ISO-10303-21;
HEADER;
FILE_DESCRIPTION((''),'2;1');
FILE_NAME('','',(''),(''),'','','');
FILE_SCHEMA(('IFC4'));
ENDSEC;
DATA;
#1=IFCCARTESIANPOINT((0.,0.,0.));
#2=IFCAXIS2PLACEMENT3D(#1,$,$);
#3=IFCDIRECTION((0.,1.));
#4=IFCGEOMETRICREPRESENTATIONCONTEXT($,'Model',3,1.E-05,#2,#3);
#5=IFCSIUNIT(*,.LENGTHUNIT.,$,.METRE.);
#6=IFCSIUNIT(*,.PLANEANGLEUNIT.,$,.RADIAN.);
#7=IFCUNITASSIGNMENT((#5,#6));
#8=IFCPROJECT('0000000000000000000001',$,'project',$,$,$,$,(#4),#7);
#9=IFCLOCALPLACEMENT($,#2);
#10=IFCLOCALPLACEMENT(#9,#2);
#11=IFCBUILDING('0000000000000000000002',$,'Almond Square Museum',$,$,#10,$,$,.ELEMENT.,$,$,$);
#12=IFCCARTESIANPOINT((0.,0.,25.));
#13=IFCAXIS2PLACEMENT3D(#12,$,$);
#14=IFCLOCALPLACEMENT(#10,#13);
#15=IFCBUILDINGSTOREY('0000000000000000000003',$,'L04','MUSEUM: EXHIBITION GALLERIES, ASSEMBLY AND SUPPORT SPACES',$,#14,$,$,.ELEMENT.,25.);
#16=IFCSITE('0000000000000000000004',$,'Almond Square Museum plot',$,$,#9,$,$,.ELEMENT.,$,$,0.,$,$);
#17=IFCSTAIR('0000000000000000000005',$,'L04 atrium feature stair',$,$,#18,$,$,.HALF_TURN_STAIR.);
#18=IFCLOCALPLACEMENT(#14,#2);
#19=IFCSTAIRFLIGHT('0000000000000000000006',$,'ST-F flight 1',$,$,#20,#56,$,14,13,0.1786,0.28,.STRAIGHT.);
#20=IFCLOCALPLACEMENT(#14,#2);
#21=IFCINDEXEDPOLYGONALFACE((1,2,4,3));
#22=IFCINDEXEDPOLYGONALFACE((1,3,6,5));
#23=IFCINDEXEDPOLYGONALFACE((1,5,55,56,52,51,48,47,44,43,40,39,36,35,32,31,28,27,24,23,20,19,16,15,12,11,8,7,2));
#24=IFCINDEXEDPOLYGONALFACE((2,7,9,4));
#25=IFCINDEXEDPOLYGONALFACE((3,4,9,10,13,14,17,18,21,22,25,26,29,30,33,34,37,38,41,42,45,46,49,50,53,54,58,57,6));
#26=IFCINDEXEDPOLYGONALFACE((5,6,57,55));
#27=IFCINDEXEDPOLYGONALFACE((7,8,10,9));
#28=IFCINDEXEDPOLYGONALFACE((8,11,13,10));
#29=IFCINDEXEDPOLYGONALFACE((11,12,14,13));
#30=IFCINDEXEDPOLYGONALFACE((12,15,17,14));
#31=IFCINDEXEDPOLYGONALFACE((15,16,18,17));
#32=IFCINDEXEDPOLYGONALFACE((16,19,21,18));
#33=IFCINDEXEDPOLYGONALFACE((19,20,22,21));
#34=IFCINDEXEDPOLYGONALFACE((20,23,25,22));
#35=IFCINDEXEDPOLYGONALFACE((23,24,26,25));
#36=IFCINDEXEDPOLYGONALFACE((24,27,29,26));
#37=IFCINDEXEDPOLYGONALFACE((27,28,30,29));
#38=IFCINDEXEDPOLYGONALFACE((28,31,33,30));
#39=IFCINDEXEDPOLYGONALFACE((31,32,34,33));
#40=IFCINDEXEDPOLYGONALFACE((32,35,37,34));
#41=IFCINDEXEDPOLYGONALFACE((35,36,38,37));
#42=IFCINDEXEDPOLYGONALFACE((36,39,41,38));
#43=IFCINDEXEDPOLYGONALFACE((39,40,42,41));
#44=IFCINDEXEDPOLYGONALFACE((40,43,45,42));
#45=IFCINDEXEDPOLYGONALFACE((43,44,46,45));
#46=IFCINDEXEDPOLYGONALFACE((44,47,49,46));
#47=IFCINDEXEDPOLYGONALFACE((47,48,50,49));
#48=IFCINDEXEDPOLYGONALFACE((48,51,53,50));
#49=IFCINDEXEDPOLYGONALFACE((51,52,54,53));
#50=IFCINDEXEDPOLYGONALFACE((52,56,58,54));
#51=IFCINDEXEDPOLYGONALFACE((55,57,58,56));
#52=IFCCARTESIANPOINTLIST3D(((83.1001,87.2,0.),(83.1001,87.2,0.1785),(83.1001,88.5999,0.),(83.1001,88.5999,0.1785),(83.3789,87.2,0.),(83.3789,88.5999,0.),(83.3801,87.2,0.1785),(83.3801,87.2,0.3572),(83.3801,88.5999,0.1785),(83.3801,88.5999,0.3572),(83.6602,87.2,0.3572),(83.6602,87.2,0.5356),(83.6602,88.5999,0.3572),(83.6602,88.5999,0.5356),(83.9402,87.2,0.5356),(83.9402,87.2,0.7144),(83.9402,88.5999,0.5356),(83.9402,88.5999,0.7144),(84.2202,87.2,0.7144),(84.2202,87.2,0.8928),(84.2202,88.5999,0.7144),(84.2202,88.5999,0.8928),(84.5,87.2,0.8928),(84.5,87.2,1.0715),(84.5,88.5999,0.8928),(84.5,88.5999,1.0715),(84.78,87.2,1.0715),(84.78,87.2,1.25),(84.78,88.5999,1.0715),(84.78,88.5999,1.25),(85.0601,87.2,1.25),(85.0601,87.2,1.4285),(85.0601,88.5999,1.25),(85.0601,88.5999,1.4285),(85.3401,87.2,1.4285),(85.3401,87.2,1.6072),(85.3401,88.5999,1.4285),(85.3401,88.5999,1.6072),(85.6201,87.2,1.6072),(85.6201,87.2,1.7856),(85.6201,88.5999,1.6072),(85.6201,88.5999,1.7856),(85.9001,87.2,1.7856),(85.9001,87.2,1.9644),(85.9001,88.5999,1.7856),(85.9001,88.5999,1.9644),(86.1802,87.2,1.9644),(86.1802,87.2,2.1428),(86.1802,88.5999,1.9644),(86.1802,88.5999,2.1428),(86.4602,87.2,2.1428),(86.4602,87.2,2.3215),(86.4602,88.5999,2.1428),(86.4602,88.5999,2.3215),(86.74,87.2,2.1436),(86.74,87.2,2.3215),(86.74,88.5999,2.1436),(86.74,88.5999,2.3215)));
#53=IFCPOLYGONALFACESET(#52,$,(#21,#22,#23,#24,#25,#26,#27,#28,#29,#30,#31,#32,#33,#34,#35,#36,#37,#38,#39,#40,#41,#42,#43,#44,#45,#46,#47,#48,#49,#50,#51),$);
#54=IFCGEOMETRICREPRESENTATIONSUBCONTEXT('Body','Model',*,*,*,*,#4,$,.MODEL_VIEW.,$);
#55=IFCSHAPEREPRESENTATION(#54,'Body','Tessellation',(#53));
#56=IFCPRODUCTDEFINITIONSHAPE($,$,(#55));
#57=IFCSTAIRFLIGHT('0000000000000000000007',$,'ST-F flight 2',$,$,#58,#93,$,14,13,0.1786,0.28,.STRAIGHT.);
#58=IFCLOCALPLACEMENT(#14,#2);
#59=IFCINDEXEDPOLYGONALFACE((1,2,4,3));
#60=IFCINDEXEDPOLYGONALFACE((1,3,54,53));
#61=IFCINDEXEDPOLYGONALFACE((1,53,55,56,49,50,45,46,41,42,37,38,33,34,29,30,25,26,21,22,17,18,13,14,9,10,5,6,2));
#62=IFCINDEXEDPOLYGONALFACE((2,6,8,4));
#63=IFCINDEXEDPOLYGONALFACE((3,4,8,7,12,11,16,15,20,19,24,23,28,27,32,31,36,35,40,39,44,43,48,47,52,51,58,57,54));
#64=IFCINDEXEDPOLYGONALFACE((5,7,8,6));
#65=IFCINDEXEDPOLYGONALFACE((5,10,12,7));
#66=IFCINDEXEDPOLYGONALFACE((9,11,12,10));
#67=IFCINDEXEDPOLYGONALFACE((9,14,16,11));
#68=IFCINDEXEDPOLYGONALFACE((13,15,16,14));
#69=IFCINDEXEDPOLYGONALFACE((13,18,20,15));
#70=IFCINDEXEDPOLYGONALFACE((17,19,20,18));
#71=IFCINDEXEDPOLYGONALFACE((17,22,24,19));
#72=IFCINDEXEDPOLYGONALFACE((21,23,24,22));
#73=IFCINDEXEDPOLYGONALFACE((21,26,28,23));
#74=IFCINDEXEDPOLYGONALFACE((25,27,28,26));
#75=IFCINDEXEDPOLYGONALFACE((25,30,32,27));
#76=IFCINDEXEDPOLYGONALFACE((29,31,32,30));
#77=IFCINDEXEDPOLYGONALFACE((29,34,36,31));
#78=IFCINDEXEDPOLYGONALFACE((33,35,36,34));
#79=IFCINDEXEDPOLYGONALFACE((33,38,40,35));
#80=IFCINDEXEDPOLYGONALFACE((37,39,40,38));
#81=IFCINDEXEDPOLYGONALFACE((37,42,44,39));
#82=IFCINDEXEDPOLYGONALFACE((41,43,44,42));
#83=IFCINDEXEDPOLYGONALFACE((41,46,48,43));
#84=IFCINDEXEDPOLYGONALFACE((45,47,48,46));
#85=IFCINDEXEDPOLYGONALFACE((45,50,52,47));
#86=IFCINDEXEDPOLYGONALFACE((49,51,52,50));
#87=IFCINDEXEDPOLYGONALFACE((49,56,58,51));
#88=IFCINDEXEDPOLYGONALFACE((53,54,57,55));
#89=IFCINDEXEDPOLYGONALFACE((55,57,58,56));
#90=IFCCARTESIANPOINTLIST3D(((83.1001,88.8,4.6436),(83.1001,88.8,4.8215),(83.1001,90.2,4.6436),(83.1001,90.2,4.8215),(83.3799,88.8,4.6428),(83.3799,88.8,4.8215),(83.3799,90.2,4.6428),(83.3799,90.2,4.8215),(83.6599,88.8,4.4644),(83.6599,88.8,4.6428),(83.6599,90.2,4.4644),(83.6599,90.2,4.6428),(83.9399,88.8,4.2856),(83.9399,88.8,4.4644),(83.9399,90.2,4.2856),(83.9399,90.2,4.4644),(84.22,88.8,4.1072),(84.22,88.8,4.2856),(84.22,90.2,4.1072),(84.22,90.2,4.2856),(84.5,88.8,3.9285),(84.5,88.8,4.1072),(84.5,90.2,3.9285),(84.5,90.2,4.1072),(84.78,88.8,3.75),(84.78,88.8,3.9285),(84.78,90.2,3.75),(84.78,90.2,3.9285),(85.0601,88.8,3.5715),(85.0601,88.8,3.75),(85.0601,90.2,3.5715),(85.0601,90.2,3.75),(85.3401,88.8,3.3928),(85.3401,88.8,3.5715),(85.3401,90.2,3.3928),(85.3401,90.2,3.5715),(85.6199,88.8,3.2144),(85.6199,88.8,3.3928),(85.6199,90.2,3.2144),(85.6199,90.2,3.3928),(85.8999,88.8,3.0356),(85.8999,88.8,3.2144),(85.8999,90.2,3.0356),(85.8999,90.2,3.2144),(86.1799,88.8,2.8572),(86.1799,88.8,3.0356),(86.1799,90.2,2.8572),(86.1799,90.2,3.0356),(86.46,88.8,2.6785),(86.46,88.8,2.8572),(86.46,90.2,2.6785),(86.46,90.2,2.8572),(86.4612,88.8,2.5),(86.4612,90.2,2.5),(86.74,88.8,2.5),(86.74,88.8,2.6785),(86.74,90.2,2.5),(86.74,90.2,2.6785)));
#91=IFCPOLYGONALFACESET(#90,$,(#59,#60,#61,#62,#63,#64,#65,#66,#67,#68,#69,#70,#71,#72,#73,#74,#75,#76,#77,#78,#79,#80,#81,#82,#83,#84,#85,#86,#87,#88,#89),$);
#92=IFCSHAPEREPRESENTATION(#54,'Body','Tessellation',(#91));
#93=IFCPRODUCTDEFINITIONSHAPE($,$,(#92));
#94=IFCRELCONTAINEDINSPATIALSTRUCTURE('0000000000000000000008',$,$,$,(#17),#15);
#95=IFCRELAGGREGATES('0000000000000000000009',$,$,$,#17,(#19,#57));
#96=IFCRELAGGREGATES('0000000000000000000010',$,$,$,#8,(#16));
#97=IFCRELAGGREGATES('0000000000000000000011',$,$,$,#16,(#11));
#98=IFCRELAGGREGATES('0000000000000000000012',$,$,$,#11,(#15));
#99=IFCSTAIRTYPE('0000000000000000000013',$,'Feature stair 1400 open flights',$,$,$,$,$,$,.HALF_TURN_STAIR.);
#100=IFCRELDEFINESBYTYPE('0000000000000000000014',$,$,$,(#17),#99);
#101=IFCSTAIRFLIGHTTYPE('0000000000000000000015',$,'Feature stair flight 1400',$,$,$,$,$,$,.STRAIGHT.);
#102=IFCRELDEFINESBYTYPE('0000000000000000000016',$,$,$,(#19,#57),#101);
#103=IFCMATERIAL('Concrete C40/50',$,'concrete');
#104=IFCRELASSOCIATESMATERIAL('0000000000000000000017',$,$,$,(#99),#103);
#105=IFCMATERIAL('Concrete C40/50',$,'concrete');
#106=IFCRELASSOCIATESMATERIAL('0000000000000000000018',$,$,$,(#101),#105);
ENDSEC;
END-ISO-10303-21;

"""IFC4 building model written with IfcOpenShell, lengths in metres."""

from ifc_helpers import new_model, si_unit, direction, frame, origin, place, context, subcontext, project, spatial, polyline, outline, extrude, material, type_object, element, aggregate, save


model = new_model("IFC4")

# Units and contexts
model_context = context("Model", 3, precision=1e-05, world=origin(), true_north=direction((0.0, 1.0)))
body_context = subcontext(model_context, "Body", "Model", "MODEL_VIEW")
ifc_project = project(units=[si_unit("LENGTHUNIT", "METRE"), si_unit("PLANEANGLEUNIT", "RADIAN")], contexts=[model_context])

# Site, building, storey
site_placement = place(None, origin())
site = spatial("IfcSite", under=ifc_project, at=site_placement, Name="Almond Square Museum plot", CompositionType="ELEMENT", RefElevation=0.0)
building_placement = place(site_placement, origin())
building = spatial("IfcBuilding", under=site, at=building_placement, Name="Almond Square Museum", CompositionType="ELEMENT")
storey_placement = place(building_placement, frame((0.0, 0.0, 25.0)))
storey = spatial("IfcBuildingStorey", under=building, at=storey_placement, Name="L04", Description="MUSEUM: EXHIBITION GALLERIES, ASSEMBLY AND SUPPORT SPACES", CompositionType="ELEMENT", Elevation=25.0)

# Stair, stair flights
ifc_material_1 = material(Name="Concrete C40/50", Category="concrete")
stair_type = type_object("IfcStairType", Name="Feature stair 1400 open flights", PredefinedType="HALF_TURN_STAIR", material=ifc_material_1)
stair_placement = place(storey_placement, origin())
stair = element("IfcStair", 1, at=stair_placement, inside=storey, type_object=stair_type, Name="L04 atrium feature stair", PredefinedType="HALF_TURN_STAIR")
ifc_material_2 = material(Name="Concrete C40/50", Category="concrete")
stair_flight_type = type_object("IfcStairFlightType", Name="Feature stair flight 1400", PredefinedType="STRAIGHT", material=ifc_material_2)
stair_flight_1_placement = place(storey_placement, frame((83.1001, 87.8999, 0.0), z_axis=(0.0, 0.0, 1.0), x_axis=(1.0, 0.0, 0.0)))
stair_flight_1 = element("IfcStairFlight", 2, at=stair_flight_1_placement, type_object=stair_flight_type, Name="ST-F flight 1", NumberOfRisers=14, NumberOfTreads=13, PredefinedType="STRAIGHT", RiserHeight=0.1786, TreadLength=0.28, context=body_context, shape_type="SweptSolid", body=[
    extrude(outline(polyline([(0.0, 0.0), (0.0, 0.1785), (0.28, 0.1785), (0.28, 0.3572), (0.5601, 0.3572), (0.5601, 0.5356), (0.8401, 0.5356), (0.8401, 0.7144), (1.1201, 0.7144), (1.1201, 0.8928), (1.3999, 0.8928), (1.3999, 1.0715), (1.6799, 1.0715), (1.6799, 1.25), (1.96, 1.25), (1.96, 1.4285), (2.24, 1.4285), (2.24, 1.6072), (2.52, 1.6072), (2.52, 1.7856), (2.8, 1.7856), (2.8, 1.9644), (3.0801, 1.9644), (3.0801, 2.1428), (3.3601, 2.1428), (3.3601, 2.3215), (3.6399, 2.3215), (3.6399, 2.5), (3.6399, 2.1436), (0.2788, 0.0), (0.0, 0.0)])), frame((0.0, 0.7, 0.0), z_axis=(0.0, -1.0, 0.0), x_axis=(1.0, 0.0, 0.0)), (0.0, 0.0, 1.0), 1.3999),
])
stair_flight_2_placement = place(storey_placement, frame((86.74, 89.5, 2.5), z_axis=(0.0, 0.0, 1.0), x_axis=(-1.0, 0.0, 0.0)))
stair_flight_2 = element("IfcStairFlight", 3, at=stair_flight_2_placement, type_object=stair_flight_type, Name="ST-F flight 2", NumberOfRisers=14, NumberOfTreads=13, PredefinedType="STRAIGHT", RiserHeight=0.1786, TreadLength=0.28, context=body_context, shape_type="SweptSolid", body=[
    extrude(outline(polyline([(0.0, 0.0), (0.0, 0.1785), (0.28, 0.1785), (0.28, 0.3572), (0.5601, 0.3572), (0.5601, 0.5356), (0.8401, 0.5356), (0.8401, 0.7144), (1.1201, 0.7144), (1.1201, 0.8928), (1.3999, 0.8928), (1.3999, 1.0715), (1.6799, 1.0715), (1.6799, 1.25), (1.96, 1.25), (1.96, 1.4285), (2.24, 1.4285), (2.24, 1.6072), (2.52, 1.6072), (2.52, 1.7856), (2.8, 1.7856), (2.8, 1.9644), (3.0801, 1.9644), (3.0801, 2.1428), (3.3601, 2.1428), (3.3601, 2.3215), (3.6399, 2.3215), (3.6399, 2.5), (3.6399, 2.1436), (0.2788, 0.0), (0.0, 0.0)])), frame((0.0, 0.7, 0.0), z_axis=(0.0, -1.0, 0.0), x_axis=(1.0, 0.0, 0.0)), (0.0, 0.0, 1.0), 1.3999),
])
aggregate(stair, [stair_flight_1, stair_flight_2])

save(model, "model.ifc")
